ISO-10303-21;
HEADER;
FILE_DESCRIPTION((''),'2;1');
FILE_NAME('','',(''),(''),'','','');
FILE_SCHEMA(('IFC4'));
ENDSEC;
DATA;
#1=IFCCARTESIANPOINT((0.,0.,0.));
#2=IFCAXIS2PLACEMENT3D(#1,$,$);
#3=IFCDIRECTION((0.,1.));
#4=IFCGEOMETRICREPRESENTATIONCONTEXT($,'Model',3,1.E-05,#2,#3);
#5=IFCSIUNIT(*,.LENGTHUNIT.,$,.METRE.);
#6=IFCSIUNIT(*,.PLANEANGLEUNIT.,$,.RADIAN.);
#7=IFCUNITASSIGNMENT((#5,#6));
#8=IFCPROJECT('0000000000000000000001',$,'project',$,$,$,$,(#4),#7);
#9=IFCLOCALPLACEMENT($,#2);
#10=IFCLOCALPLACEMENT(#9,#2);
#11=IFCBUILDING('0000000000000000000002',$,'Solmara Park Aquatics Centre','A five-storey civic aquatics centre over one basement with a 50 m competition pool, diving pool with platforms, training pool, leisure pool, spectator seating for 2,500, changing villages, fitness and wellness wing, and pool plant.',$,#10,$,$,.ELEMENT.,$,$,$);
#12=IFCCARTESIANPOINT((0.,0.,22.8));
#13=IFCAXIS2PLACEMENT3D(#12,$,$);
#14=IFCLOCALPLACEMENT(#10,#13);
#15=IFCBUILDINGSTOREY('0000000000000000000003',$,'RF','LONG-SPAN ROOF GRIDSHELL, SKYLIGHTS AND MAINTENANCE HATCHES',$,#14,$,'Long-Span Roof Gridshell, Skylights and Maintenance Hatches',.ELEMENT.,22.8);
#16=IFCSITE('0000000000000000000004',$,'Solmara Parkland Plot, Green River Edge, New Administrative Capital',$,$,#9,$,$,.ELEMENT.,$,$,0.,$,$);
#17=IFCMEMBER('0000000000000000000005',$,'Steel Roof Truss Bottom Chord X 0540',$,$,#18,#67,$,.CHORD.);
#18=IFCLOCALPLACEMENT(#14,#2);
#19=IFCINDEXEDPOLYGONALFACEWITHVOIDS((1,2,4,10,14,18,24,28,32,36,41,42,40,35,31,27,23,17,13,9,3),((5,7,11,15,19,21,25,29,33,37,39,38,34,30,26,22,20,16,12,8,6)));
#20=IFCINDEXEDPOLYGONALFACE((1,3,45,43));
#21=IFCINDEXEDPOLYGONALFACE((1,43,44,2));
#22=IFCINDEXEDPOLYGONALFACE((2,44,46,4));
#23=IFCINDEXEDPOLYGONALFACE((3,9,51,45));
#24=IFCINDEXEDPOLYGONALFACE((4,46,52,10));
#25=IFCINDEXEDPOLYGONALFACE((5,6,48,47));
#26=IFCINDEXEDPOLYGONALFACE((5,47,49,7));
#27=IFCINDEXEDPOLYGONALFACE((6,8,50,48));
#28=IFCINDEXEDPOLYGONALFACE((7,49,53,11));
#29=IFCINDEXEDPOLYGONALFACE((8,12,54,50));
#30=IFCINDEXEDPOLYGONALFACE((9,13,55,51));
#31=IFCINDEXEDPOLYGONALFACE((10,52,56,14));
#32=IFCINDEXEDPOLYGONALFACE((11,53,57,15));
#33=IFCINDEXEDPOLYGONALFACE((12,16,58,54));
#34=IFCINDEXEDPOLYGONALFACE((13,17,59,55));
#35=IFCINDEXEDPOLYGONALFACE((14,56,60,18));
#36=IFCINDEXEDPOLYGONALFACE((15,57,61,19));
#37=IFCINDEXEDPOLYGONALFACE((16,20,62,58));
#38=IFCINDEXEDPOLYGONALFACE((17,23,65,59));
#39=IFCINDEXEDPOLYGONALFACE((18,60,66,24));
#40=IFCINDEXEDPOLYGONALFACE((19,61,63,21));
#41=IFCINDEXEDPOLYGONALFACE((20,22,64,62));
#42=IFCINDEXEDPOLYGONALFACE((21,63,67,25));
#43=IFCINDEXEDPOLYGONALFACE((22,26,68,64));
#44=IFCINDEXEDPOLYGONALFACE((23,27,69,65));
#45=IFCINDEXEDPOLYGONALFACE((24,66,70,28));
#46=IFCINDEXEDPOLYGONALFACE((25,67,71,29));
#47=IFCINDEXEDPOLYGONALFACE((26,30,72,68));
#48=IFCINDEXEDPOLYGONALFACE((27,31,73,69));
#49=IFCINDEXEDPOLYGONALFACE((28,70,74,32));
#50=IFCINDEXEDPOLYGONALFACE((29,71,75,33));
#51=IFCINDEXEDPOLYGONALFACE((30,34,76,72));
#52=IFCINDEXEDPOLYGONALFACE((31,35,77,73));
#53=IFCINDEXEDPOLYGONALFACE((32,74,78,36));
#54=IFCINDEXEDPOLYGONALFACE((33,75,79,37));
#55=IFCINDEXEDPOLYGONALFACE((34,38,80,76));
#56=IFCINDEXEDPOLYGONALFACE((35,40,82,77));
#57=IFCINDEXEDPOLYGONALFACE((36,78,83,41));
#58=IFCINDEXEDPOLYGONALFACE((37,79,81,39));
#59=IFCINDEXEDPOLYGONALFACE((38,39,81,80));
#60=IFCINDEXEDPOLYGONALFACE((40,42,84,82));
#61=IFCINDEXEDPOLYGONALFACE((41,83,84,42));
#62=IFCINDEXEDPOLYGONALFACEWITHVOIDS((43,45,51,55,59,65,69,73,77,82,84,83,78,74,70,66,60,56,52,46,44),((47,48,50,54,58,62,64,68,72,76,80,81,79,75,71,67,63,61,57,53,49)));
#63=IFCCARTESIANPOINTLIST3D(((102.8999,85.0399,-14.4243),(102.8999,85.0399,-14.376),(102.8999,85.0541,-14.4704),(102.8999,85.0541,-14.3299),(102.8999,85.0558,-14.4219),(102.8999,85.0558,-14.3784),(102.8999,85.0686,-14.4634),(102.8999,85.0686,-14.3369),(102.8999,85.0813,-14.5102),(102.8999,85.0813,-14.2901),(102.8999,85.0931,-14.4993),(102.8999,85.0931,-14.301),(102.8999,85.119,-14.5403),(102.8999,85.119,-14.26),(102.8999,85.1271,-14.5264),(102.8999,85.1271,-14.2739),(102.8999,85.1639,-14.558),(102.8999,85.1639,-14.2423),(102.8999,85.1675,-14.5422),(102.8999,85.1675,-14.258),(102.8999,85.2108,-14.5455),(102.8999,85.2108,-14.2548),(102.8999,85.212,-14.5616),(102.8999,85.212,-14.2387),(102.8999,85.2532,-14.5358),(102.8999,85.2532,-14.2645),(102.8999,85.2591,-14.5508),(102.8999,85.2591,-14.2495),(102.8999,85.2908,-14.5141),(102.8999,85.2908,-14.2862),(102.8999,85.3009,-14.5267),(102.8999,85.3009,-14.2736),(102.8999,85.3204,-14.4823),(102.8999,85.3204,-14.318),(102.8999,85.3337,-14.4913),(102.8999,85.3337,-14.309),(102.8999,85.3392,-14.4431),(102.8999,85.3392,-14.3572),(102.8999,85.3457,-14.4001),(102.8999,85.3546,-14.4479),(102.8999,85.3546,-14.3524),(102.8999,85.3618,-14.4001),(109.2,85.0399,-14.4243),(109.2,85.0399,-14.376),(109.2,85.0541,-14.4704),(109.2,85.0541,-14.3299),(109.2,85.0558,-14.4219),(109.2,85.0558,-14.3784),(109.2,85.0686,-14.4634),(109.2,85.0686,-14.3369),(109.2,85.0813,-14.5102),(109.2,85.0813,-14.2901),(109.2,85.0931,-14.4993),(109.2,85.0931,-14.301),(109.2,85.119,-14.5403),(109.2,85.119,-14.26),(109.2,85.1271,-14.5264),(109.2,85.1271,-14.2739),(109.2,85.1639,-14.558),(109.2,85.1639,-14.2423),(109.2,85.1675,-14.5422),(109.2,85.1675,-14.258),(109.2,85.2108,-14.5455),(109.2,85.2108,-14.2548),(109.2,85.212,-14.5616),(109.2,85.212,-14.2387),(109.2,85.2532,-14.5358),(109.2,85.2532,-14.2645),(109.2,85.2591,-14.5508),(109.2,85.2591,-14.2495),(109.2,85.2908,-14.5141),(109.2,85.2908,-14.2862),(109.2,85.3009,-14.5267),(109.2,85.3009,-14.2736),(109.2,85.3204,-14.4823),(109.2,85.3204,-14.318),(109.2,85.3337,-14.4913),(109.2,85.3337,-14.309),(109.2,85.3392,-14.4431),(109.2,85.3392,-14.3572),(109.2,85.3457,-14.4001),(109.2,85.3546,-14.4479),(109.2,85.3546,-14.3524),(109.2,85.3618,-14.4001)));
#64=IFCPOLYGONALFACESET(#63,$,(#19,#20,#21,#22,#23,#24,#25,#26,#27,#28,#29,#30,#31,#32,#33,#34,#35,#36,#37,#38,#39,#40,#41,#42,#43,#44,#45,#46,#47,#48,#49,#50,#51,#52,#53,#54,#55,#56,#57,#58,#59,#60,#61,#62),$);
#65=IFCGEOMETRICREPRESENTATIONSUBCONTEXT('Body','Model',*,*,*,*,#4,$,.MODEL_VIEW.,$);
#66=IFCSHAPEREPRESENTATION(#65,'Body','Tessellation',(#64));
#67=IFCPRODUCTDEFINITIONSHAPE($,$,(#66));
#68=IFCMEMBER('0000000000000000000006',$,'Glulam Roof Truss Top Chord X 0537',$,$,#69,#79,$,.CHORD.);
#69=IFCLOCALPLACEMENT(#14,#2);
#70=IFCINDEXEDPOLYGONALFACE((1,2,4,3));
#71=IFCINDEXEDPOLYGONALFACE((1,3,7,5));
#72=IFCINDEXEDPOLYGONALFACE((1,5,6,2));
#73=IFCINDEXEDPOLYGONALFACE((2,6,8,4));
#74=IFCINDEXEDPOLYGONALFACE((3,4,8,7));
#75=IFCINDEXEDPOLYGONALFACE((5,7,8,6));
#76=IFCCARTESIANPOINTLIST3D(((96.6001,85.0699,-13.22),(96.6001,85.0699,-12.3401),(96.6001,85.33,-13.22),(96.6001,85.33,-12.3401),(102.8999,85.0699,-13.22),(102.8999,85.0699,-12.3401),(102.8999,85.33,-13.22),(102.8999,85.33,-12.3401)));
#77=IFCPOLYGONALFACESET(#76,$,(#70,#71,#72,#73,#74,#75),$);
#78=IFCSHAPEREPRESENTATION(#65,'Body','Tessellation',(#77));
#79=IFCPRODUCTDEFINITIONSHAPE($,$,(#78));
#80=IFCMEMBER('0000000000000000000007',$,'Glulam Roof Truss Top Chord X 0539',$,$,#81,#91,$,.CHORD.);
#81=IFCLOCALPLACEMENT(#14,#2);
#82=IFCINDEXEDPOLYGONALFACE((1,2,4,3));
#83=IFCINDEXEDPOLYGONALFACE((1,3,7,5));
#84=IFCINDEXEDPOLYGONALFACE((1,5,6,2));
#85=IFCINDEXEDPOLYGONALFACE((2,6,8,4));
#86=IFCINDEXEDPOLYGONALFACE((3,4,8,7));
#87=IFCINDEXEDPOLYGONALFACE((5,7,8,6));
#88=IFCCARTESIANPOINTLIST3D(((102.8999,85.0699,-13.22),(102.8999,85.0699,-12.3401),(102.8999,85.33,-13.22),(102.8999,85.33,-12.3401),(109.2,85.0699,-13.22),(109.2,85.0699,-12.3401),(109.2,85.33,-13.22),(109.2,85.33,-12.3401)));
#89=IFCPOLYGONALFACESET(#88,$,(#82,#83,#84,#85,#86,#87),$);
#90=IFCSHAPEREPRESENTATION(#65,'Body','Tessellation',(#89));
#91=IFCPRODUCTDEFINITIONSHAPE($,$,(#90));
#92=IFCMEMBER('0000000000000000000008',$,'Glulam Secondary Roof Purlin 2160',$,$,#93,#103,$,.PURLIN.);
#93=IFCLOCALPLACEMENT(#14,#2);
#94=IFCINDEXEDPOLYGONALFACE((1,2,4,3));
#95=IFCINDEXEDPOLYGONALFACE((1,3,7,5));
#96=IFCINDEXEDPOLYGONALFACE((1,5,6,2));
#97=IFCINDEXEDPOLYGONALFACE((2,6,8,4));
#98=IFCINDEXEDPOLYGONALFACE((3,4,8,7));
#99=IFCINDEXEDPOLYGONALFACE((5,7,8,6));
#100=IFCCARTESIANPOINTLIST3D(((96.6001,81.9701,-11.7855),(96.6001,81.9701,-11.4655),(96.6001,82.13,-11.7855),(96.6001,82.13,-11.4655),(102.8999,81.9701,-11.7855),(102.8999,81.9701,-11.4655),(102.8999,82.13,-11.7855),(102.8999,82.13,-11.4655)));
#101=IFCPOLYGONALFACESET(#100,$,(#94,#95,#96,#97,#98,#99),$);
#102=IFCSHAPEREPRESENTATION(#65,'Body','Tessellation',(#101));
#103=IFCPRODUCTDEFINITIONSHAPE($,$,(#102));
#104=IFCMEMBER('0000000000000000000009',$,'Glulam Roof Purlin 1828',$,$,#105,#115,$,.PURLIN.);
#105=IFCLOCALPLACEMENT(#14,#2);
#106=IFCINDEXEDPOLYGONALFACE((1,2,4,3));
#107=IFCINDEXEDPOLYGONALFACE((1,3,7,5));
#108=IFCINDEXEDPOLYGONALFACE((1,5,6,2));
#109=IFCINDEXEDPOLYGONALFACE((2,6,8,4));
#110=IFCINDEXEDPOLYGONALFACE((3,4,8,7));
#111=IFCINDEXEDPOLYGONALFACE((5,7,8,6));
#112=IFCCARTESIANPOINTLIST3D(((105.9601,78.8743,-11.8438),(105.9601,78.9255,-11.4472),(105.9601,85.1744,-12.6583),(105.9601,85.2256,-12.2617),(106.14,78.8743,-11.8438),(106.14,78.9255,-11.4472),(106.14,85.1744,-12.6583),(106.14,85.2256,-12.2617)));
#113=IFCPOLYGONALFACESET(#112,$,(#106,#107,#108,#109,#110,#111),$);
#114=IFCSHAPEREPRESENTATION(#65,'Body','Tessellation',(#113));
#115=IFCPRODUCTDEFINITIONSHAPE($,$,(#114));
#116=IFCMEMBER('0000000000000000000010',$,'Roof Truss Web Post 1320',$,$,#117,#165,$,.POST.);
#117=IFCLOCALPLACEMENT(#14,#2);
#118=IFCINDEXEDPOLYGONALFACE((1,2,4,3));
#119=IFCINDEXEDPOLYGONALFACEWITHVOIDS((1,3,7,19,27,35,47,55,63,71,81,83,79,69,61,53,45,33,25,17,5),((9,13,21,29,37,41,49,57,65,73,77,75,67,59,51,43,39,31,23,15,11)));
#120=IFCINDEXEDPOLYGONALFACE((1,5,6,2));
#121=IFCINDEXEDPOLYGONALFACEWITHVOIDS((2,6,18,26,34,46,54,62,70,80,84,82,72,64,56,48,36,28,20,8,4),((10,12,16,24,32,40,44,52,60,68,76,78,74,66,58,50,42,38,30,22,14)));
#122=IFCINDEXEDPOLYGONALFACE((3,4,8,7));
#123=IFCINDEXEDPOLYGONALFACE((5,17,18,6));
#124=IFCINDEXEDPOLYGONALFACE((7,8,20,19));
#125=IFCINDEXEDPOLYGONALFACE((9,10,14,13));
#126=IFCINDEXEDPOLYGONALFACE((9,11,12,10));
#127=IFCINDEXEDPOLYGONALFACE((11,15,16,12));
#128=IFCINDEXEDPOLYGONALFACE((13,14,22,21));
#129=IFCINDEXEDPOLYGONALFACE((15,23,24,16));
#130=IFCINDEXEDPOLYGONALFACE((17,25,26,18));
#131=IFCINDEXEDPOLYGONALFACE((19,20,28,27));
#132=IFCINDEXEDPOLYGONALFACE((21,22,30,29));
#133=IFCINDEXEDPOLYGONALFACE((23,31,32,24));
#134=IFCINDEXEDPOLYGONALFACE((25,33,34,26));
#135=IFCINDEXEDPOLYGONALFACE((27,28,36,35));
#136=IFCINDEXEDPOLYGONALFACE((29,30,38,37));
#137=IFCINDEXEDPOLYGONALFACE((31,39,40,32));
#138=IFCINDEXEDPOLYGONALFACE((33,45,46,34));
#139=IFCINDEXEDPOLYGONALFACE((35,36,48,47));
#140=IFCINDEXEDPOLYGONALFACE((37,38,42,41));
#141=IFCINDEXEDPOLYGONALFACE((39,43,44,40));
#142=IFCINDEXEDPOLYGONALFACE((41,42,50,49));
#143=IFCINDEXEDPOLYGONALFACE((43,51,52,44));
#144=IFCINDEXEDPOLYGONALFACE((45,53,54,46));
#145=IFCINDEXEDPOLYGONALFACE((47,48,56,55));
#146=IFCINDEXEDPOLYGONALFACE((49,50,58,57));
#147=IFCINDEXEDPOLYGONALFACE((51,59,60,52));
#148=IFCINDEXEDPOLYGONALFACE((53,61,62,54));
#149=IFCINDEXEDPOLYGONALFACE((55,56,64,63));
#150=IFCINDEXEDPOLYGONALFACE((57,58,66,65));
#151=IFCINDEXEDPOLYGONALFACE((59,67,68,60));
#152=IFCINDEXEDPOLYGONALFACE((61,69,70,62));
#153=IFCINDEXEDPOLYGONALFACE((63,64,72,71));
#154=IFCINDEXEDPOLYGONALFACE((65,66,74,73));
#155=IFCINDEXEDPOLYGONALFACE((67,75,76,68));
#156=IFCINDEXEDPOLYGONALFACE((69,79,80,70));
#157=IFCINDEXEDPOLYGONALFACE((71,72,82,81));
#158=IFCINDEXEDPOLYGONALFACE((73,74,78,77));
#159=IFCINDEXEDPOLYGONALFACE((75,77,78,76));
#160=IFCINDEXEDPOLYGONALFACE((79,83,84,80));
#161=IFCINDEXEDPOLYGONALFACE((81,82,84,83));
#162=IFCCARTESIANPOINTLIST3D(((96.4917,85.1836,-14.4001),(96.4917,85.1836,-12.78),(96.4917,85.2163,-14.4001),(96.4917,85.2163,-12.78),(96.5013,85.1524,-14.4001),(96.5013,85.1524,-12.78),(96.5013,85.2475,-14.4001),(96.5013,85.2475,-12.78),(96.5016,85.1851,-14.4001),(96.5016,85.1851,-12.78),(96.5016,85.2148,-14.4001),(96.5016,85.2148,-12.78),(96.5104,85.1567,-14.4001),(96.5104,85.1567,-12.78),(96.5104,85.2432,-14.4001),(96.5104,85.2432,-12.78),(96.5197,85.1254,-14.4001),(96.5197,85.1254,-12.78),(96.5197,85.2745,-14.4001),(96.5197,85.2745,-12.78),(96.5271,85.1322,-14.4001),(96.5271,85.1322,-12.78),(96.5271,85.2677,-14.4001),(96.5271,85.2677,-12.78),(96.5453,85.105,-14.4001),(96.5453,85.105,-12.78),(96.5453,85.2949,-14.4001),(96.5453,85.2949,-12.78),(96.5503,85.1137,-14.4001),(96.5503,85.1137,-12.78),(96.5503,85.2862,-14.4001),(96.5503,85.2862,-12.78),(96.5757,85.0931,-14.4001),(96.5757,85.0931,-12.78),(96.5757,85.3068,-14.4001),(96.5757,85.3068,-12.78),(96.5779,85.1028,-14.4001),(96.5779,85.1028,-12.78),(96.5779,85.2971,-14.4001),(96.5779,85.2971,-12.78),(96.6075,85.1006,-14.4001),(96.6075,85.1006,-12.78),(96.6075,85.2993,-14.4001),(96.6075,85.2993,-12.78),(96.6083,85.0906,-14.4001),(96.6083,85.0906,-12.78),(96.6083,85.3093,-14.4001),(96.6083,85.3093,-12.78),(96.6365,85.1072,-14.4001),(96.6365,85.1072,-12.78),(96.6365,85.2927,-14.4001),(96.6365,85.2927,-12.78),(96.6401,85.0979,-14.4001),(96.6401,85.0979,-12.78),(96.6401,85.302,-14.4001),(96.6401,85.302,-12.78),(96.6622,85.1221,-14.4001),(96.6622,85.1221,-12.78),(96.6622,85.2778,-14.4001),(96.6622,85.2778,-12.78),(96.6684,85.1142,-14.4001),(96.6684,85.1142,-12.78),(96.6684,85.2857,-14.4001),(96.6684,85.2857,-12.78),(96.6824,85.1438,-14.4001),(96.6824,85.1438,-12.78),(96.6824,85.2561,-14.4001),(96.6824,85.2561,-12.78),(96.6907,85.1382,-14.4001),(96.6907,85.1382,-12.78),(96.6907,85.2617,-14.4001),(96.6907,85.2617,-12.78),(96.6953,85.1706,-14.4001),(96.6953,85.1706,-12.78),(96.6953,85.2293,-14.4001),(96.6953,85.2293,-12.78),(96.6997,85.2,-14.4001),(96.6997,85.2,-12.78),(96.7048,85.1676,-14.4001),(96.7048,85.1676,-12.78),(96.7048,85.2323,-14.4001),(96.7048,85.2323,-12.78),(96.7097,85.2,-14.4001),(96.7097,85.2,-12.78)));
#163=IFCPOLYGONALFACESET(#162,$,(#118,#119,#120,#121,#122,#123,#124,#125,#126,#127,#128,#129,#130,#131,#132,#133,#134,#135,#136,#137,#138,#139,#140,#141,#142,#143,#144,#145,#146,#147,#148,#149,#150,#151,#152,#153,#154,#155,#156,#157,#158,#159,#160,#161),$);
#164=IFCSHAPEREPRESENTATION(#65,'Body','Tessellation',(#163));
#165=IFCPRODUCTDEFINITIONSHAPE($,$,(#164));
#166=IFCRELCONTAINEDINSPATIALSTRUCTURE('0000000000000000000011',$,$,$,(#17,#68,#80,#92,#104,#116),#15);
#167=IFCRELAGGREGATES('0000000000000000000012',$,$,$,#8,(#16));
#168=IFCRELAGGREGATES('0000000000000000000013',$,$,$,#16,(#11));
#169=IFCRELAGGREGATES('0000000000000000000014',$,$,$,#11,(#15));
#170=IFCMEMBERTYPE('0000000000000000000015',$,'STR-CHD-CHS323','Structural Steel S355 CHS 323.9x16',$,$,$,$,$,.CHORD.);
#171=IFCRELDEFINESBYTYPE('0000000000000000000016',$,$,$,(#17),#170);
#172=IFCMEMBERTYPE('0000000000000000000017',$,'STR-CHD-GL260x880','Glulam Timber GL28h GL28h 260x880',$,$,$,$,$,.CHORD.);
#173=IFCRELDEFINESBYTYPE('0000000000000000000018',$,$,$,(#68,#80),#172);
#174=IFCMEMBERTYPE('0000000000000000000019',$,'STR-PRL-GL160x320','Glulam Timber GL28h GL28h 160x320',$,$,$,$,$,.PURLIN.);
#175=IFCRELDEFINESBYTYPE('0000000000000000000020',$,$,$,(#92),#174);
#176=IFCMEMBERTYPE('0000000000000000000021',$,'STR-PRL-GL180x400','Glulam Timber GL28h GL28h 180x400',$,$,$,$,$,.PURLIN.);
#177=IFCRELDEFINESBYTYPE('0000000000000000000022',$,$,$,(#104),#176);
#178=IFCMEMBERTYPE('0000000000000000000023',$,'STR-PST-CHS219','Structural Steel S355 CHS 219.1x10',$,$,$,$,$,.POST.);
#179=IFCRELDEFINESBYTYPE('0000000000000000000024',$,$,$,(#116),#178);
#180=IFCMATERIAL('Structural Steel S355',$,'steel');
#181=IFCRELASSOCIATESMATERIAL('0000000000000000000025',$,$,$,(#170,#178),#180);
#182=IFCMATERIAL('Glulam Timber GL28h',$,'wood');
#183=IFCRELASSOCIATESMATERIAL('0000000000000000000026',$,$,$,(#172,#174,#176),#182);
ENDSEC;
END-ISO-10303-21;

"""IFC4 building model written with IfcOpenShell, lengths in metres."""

from ifc_helpers import new_model, si_unit, direction, frame, origin, origin_2d, place, context, subcontext, project, spatial, rectangle, hollow_circle, extrude, material, material_profile, profile_set, type_object, element, save


model = new_model("IFC4")

# Units and contexts
model_context = context("Model", 3, precision=1e-05, world=origin(), true_north=direction((0.0, 1.0)))
body_context = subcontext(model_context, "Body", "Model", "MODEL_VIEW")
ifc_project = project(units=[si_unit("LENGTHUNIT", "METRE"), si_unit("PLANEANGLEUNIT", "RADIAN")], contexts=[model_context])

# Site, building, storey
site_placement = place(None, origin())
site = spatial("IfcSite", under=ifc_project, at=site_placement, Name="Solmara Parkland Plot, Green River Edge, New Administrative Capital", CompositionType="ELEMENT", RefElevation=0.0)
building_placement = place(site_placement, origin())
building = spatial("IfcBuilding", under=site, at=building_placement, Name="Solmara Park Aquatics Centre", Description="A five-storey civic aquatics centre over one basement with a 50 m competition pool, diving pool with platforms, training pool, leisure pool, spectator seating for 2,500, changing villages, fitness and wellness wing, and pool plant.", CompositionType="ELEMENT")
storey_placement = place(building_placement, frame((0.0, 0.0, 22.8)))
storey = spatial("IfcBuildingStorey", under=building, at=storey_placement, Name="RF", Description="LONG-SPAN ROOF GRIDSHELL, SKYLIGHTS AND MAINTENANCE HATCHES", LongName="Long-Span Roof Gridshell, Skylights and Maintenance Hatches", CompositionType="ELEMENT", Elevation=22.8)

# Shared definitions
ifc_material_1 = material(Name="Structural Steel S355", Category="steel")

# Members
ifc_material_profile_1 = material_profile(ifc_material_1, hollow_circle(Radius=0.1619, WallThickness=0.0161, at=origin_2d()), Name="CHS 323.9x16")
ifc_profile_set_1 = profile_set([ifc_material_profile_1], Name="Structural Steel S355")
member_type_1 = type_object("IfcMemberType", Name="STR-CHD-CHS323", Description="Structural Steel S355 CHS 323.9x16", PredefinedType="CHORD", material=ifc_profile_set_1)
member_1_placement = place(storey_placement, frame((102.8999, 85.2, -14.4001), z_axis=(1.0, 0.0, 0.0), x_axis=(0.0, 1.0, 0.0)))
element("IfcMember", 1, at=member_1_placement, inside=storey, type_object=member_type_1, Name="Steel Roof Truss Bottom Chord X 0540", PredefinedType="CHORD", context=body_context, shape_type="SweptSolid", body=[
    extrude(hollow_circle(Radius=0.1619, WallThickness=0.0161, at=origin_2d()), origin(), (0.0, 0.0, 1.0), 6.3),
])
ifc_material_2 = material(Name="Glulam Timber GL28h", Category="wood")
ifc_material_profile_2 = material_profile(ifc_material_2, rectangle(XDim=0.26, YDim=0.8799, at=origin_2d()), Name="GL28h 260x880")
ifc_profile_set_2 = profile_set([ifc_material_profile_2], Name="Glulam Timber GL28h")
member_type_2 = type_object("IfcMemberType", Name="STR-CHD-GL260x880", Description="Glulam Timber GL28h GL28h 260x880", PredefinedType="CHORD", material=ifc_profile_set_2)
member_2_placement = place(storey_placement, frame((96.6001, 85.2, -12.78), z_axis=(1.0, 0.0, 0.0), x_axis=(0.0, 1.0, 0.0)))
element("IfcMember", 2, at=member_2_placement, inside=storey, type_object=member_type_2, Name="Glulam Roof Truss Top Chord X 0537", PredefinedType="CHORD", context=body_context, shape_type="SweptSolid", body=[
    extrude(rectangle(XDim=0.26, YDim=0.8799, at=origin_2d()), origin(), (0.0, 0.0, 1.0), 6.2998),
])
member_3_placement = place(storey_placement, frame((102.8999, 85.2, -12.78), z_axis=(1.0, 0.0, 0.0), x_axis=(0.0, 1.0, 0.0)))
element("IfcMember", 3, at=member_3_placement, inside=storey, type_object=member_type_2, Name="Glulam Roof Truss Top Chord X 0539", PredefinedType="CHORD", context=body_context, shape_type="SweptSolid", body=[
    extrude(rectangle(XDim=0.26, YDim=0.8799, at=origin_2d()), origin(), (0.0, 0.0, 1.0), 6.3),
])
ifc_material_profile_3 = material_profile(ifc_material_2, rectangle(XDim=0.1599, YDim=0.3201, at=origin_2d()), Name="GL28h 160x320")
ifc_profile_set_3 = profile_set([ifc_material_profile_3], Name="Glulam Timber GL28h")
member_type_3 = type_object("IfcMemberType", Name="STR-PRL-GL160x320", Description="Glulam Timber GL28h GL28h 160x320", PredefinedType="PURLIN", material=ifc_profile_set_3)
member_4_placement = place(storey_placement, frame((96.6001, 82.05, -11.6255), z_axis=(1.0, 0.0, 0.0), x_axis=(0.0, 1.0, 0.0)))
element("IfcMember", 4, at=member_4_placement, inside=storey, type_object=member_type_3, Name="Glulam Secondary Roof Purlin 2160", PredefinedType="PURLIN", context=body_context, shape_type="SweptSolid", body=[
    extrude(rectangle(XDim=0.1599, YDim=0.3201, at=origin_2d()), origin(), (0.0, 0.0, 1.0), 6.2998),
])
ifc_material_profile_4 = material_profile(ifc_material_2, rectangle(XDim=0.1799, YDim=0.3999, at=origin_2d()), Name="GL28h 180x400")
ifc_profile_set_4 = profile_set([ifc_material_profile_4], Name="Glulam Timber GL28h")
member_type_4 = type_object("IfcMemberType", Name="STR-PRL-GL180x400", Description="Glulam Timber GL28h GL28h 180x400", PredefinedType="PURLIN", material=ifc_profile_set_4)
member_5_placement = place(storey_placement, frame((106.05, 78.8999, -11.6455), z_axis=(0.0, 0.991747, -0.12821), x_axis=(-1.0, 0.0, 0.0)))
element("IfcMember", 5, at=member_5_placement, inside=storey, type_object=member_type_4, Name="Glulam Roof Purlin 1828", PredefinedType="PURLIN", context=body_context, shape_type="SweptSolid", body=[
    extrude(rectangle(XDim=0.1799, YDim=0.3999, at=origin_2d()), origin(), (0.0, 0.0, 1.0), 6.3525),
])
ifc_material_profile_5 = material_profile(ifc_material_1, hollow_circle(Radius=0.1096, WallThickness=0.01, at=origin_2d()), Name="CHS 219.1x10")
ifc_profile_set_5 = profile_set([ifc_material_profile_5], Name="Structural Steel S355")
member_type_5 = type_object("IfcMemberType", Name="STR-PST-CHS219", Description="Structural Steel S355 CHS 219.1x10", PredefinedType="POST", material=ifc_profile_set_5)
for number, where, z_axis, x_axis, name in (
    (6, (96.6001, 85.2, -14.4001), (0.0, 0.0, 1.0), (1.0, 0.0, 0.0), "Roof Truss Web Post 1320"),
):
    element("IfcMember", number, at=place(storey_placement, frame(where, z_axis=z_axis, x_axis=x_axis)), inside=storey, type_object=member_type_5, Name=name, PredefinedType="POST", context=body_context, shape_type="SweptSolid", body=[
        extrude(hollow_circle(Radius=0.1096, WallThickness=0.01, at=origin_2d()), origin(), (0.0, 0.0, 1.0), 1.6201),
    ])

save(model, "model.ifc")
